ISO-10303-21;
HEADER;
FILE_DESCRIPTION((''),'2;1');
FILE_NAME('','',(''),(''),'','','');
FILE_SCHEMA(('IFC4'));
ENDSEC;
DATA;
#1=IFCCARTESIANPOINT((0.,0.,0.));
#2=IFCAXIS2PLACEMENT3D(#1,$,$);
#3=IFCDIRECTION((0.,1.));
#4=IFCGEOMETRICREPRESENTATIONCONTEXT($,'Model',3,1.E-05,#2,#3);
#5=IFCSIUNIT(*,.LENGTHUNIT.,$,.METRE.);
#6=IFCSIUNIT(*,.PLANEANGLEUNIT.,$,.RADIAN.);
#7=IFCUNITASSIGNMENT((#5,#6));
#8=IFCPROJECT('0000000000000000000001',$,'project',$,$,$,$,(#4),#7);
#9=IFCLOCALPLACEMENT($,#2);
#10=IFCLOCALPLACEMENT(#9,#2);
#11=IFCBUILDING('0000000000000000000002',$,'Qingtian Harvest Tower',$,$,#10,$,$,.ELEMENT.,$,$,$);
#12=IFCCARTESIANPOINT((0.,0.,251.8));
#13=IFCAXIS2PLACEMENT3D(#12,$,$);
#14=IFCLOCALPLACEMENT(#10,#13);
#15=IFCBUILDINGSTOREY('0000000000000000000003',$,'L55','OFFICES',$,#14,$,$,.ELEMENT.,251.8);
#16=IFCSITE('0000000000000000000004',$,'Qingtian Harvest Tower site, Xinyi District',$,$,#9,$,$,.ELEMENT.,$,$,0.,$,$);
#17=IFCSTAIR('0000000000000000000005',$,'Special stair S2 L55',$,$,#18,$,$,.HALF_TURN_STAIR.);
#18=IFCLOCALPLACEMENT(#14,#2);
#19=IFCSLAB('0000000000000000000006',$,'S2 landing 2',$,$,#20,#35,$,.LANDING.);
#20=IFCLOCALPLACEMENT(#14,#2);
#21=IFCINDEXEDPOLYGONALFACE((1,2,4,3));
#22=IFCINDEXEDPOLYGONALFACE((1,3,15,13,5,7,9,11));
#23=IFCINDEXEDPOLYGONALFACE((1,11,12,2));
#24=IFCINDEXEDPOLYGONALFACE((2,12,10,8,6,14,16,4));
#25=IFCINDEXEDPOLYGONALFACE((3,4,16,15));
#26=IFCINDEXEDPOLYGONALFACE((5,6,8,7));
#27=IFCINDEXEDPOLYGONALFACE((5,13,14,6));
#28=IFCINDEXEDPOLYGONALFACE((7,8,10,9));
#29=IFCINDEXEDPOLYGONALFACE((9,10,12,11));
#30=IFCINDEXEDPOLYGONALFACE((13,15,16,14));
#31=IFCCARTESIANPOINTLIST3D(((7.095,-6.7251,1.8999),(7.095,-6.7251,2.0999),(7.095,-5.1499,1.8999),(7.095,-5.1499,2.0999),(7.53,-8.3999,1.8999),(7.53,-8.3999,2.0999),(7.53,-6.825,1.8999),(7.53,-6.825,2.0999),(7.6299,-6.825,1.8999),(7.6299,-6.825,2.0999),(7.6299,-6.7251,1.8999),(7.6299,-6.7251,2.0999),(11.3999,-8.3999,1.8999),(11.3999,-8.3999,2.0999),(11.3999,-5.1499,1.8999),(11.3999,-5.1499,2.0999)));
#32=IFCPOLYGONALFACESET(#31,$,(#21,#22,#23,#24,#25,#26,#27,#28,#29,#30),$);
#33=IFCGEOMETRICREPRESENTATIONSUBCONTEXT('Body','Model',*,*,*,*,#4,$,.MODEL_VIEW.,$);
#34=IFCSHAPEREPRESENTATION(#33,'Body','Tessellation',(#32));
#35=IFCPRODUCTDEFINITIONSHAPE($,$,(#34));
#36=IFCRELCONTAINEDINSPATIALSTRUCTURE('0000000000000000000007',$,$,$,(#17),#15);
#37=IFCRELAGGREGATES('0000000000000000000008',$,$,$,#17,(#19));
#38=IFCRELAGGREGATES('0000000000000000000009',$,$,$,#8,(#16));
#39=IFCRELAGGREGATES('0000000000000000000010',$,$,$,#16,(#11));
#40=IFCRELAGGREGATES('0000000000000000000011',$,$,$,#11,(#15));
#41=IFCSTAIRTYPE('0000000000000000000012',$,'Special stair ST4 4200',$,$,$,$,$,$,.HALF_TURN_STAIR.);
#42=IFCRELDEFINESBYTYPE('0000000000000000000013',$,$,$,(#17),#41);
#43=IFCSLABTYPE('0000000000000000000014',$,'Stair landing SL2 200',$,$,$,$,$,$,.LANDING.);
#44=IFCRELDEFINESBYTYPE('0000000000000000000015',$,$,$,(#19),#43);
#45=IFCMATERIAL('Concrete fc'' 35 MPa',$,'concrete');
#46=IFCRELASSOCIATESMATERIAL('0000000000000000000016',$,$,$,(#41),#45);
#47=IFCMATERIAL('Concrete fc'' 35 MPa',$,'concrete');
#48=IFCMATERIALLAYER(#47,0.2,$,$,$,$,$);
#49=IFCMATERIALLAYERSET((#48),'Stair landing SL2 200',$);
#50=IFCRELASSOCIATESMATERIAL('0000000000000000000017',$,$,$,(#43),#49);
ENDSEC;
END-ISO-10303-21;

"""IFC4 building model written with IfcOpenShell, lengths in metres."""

from ifc_helpers import new_model, si_unit, direction, frame, origin, place, context, subcontext, project, spatial, polyline, outline, extrude, material, layer, layer_set, type_object, element, aggregate, save


model = new_model("IFC4")

# Units and contexts
model_context = context("Model", 3, precision=1e-05, world=origin(), true_north=direction((0.0, 1.0)))
body_context = subcontext(model_context, "Body", "Model", "MODEL_VIEW")
ifc_project = project(units=[si_unit("LENGTHUNIT", "METRE"), si_unit("PLANEANGLEUNIT", "RADIAN")], contexts=[model_context])

# Site, building, storey
site_placement = place(None, origin())
site = spatial("IfcSite", under=ifc_project, at=site_placement, Name="Qingtian Harvest Tower site, Xinyi District", CompositionType="ELEMENT", RefElevation=0.0)
building_placement = place(site_placement, origin())
building = spatial("IfcBuilding", under=site, at=building_placement, Name="Qingtian Harvest Tower", CompositionType="ELEMENT")
storey_placement = place(building_placement, frame((0.0, 0.0, 251.8)))
storey = spatial("IfcBuildingStorey", under=building, at=storey_placement, Name="L55", Description="OFFICES", CompositionType="ELEMENT", Elevation=251.8)

# Stair, slab
ifc_material_1 = material(Name="Concrete fc' 35 MPa", Category="concrete")
stair_type = type_object("IfcStairType", Name="Special stair ST4 4200", PredefinedType="HALF_TURN_STAIR", material=ifc_material_1)
stair_placement = place(storey_placement, origin())
stair = element("IfcStair", 1, at=stair_placement, inside=storey, type_object=stair_type, Name="Special stair S2 L55", PredefinedType="HALF_TURN_STAIR")
ifc_material_2 = material(Name="Concrete fc' 35 MPa", Category="concrete")
ifc_layer_1 = layer(ifc_material_2, 0.2)
ifc_layer_set_1 = layer_set([ifc_layer_1], Name="Stair landing SL2 200")
slab_type_1 = type_object("IfcSlabType", Name="Stair landing SL2 200", PredefinedType="LANDING", material=ifc_layer_set_1)
slab_1_placement = place(storey_placement, frame((0.0, 0.0, 1.8999)))
slab_1 = element("IfcSlab", 2, at=slab_1_placement, type_object=slab_type_1, Name="S2 landing 2", PredefinedType="LANDING", context=body_context, shape_type="SweptSolid", body=[
    extrude(outline(polyline([(7.53, -8.3999), (7.53, -6.825), (7.6299, -6.825), (7.6299, -6.7251), (7.095, -6.7251), (7.095, -5.1499), (11.3999, -5.1499), (11.3999, -8.3999), (7.53, -8.3999)])), origin(), (0.0, 0.0, 1.0), 0.2),
])
aggregate(stair, [slab_1])

save(model, "model.ifc")
